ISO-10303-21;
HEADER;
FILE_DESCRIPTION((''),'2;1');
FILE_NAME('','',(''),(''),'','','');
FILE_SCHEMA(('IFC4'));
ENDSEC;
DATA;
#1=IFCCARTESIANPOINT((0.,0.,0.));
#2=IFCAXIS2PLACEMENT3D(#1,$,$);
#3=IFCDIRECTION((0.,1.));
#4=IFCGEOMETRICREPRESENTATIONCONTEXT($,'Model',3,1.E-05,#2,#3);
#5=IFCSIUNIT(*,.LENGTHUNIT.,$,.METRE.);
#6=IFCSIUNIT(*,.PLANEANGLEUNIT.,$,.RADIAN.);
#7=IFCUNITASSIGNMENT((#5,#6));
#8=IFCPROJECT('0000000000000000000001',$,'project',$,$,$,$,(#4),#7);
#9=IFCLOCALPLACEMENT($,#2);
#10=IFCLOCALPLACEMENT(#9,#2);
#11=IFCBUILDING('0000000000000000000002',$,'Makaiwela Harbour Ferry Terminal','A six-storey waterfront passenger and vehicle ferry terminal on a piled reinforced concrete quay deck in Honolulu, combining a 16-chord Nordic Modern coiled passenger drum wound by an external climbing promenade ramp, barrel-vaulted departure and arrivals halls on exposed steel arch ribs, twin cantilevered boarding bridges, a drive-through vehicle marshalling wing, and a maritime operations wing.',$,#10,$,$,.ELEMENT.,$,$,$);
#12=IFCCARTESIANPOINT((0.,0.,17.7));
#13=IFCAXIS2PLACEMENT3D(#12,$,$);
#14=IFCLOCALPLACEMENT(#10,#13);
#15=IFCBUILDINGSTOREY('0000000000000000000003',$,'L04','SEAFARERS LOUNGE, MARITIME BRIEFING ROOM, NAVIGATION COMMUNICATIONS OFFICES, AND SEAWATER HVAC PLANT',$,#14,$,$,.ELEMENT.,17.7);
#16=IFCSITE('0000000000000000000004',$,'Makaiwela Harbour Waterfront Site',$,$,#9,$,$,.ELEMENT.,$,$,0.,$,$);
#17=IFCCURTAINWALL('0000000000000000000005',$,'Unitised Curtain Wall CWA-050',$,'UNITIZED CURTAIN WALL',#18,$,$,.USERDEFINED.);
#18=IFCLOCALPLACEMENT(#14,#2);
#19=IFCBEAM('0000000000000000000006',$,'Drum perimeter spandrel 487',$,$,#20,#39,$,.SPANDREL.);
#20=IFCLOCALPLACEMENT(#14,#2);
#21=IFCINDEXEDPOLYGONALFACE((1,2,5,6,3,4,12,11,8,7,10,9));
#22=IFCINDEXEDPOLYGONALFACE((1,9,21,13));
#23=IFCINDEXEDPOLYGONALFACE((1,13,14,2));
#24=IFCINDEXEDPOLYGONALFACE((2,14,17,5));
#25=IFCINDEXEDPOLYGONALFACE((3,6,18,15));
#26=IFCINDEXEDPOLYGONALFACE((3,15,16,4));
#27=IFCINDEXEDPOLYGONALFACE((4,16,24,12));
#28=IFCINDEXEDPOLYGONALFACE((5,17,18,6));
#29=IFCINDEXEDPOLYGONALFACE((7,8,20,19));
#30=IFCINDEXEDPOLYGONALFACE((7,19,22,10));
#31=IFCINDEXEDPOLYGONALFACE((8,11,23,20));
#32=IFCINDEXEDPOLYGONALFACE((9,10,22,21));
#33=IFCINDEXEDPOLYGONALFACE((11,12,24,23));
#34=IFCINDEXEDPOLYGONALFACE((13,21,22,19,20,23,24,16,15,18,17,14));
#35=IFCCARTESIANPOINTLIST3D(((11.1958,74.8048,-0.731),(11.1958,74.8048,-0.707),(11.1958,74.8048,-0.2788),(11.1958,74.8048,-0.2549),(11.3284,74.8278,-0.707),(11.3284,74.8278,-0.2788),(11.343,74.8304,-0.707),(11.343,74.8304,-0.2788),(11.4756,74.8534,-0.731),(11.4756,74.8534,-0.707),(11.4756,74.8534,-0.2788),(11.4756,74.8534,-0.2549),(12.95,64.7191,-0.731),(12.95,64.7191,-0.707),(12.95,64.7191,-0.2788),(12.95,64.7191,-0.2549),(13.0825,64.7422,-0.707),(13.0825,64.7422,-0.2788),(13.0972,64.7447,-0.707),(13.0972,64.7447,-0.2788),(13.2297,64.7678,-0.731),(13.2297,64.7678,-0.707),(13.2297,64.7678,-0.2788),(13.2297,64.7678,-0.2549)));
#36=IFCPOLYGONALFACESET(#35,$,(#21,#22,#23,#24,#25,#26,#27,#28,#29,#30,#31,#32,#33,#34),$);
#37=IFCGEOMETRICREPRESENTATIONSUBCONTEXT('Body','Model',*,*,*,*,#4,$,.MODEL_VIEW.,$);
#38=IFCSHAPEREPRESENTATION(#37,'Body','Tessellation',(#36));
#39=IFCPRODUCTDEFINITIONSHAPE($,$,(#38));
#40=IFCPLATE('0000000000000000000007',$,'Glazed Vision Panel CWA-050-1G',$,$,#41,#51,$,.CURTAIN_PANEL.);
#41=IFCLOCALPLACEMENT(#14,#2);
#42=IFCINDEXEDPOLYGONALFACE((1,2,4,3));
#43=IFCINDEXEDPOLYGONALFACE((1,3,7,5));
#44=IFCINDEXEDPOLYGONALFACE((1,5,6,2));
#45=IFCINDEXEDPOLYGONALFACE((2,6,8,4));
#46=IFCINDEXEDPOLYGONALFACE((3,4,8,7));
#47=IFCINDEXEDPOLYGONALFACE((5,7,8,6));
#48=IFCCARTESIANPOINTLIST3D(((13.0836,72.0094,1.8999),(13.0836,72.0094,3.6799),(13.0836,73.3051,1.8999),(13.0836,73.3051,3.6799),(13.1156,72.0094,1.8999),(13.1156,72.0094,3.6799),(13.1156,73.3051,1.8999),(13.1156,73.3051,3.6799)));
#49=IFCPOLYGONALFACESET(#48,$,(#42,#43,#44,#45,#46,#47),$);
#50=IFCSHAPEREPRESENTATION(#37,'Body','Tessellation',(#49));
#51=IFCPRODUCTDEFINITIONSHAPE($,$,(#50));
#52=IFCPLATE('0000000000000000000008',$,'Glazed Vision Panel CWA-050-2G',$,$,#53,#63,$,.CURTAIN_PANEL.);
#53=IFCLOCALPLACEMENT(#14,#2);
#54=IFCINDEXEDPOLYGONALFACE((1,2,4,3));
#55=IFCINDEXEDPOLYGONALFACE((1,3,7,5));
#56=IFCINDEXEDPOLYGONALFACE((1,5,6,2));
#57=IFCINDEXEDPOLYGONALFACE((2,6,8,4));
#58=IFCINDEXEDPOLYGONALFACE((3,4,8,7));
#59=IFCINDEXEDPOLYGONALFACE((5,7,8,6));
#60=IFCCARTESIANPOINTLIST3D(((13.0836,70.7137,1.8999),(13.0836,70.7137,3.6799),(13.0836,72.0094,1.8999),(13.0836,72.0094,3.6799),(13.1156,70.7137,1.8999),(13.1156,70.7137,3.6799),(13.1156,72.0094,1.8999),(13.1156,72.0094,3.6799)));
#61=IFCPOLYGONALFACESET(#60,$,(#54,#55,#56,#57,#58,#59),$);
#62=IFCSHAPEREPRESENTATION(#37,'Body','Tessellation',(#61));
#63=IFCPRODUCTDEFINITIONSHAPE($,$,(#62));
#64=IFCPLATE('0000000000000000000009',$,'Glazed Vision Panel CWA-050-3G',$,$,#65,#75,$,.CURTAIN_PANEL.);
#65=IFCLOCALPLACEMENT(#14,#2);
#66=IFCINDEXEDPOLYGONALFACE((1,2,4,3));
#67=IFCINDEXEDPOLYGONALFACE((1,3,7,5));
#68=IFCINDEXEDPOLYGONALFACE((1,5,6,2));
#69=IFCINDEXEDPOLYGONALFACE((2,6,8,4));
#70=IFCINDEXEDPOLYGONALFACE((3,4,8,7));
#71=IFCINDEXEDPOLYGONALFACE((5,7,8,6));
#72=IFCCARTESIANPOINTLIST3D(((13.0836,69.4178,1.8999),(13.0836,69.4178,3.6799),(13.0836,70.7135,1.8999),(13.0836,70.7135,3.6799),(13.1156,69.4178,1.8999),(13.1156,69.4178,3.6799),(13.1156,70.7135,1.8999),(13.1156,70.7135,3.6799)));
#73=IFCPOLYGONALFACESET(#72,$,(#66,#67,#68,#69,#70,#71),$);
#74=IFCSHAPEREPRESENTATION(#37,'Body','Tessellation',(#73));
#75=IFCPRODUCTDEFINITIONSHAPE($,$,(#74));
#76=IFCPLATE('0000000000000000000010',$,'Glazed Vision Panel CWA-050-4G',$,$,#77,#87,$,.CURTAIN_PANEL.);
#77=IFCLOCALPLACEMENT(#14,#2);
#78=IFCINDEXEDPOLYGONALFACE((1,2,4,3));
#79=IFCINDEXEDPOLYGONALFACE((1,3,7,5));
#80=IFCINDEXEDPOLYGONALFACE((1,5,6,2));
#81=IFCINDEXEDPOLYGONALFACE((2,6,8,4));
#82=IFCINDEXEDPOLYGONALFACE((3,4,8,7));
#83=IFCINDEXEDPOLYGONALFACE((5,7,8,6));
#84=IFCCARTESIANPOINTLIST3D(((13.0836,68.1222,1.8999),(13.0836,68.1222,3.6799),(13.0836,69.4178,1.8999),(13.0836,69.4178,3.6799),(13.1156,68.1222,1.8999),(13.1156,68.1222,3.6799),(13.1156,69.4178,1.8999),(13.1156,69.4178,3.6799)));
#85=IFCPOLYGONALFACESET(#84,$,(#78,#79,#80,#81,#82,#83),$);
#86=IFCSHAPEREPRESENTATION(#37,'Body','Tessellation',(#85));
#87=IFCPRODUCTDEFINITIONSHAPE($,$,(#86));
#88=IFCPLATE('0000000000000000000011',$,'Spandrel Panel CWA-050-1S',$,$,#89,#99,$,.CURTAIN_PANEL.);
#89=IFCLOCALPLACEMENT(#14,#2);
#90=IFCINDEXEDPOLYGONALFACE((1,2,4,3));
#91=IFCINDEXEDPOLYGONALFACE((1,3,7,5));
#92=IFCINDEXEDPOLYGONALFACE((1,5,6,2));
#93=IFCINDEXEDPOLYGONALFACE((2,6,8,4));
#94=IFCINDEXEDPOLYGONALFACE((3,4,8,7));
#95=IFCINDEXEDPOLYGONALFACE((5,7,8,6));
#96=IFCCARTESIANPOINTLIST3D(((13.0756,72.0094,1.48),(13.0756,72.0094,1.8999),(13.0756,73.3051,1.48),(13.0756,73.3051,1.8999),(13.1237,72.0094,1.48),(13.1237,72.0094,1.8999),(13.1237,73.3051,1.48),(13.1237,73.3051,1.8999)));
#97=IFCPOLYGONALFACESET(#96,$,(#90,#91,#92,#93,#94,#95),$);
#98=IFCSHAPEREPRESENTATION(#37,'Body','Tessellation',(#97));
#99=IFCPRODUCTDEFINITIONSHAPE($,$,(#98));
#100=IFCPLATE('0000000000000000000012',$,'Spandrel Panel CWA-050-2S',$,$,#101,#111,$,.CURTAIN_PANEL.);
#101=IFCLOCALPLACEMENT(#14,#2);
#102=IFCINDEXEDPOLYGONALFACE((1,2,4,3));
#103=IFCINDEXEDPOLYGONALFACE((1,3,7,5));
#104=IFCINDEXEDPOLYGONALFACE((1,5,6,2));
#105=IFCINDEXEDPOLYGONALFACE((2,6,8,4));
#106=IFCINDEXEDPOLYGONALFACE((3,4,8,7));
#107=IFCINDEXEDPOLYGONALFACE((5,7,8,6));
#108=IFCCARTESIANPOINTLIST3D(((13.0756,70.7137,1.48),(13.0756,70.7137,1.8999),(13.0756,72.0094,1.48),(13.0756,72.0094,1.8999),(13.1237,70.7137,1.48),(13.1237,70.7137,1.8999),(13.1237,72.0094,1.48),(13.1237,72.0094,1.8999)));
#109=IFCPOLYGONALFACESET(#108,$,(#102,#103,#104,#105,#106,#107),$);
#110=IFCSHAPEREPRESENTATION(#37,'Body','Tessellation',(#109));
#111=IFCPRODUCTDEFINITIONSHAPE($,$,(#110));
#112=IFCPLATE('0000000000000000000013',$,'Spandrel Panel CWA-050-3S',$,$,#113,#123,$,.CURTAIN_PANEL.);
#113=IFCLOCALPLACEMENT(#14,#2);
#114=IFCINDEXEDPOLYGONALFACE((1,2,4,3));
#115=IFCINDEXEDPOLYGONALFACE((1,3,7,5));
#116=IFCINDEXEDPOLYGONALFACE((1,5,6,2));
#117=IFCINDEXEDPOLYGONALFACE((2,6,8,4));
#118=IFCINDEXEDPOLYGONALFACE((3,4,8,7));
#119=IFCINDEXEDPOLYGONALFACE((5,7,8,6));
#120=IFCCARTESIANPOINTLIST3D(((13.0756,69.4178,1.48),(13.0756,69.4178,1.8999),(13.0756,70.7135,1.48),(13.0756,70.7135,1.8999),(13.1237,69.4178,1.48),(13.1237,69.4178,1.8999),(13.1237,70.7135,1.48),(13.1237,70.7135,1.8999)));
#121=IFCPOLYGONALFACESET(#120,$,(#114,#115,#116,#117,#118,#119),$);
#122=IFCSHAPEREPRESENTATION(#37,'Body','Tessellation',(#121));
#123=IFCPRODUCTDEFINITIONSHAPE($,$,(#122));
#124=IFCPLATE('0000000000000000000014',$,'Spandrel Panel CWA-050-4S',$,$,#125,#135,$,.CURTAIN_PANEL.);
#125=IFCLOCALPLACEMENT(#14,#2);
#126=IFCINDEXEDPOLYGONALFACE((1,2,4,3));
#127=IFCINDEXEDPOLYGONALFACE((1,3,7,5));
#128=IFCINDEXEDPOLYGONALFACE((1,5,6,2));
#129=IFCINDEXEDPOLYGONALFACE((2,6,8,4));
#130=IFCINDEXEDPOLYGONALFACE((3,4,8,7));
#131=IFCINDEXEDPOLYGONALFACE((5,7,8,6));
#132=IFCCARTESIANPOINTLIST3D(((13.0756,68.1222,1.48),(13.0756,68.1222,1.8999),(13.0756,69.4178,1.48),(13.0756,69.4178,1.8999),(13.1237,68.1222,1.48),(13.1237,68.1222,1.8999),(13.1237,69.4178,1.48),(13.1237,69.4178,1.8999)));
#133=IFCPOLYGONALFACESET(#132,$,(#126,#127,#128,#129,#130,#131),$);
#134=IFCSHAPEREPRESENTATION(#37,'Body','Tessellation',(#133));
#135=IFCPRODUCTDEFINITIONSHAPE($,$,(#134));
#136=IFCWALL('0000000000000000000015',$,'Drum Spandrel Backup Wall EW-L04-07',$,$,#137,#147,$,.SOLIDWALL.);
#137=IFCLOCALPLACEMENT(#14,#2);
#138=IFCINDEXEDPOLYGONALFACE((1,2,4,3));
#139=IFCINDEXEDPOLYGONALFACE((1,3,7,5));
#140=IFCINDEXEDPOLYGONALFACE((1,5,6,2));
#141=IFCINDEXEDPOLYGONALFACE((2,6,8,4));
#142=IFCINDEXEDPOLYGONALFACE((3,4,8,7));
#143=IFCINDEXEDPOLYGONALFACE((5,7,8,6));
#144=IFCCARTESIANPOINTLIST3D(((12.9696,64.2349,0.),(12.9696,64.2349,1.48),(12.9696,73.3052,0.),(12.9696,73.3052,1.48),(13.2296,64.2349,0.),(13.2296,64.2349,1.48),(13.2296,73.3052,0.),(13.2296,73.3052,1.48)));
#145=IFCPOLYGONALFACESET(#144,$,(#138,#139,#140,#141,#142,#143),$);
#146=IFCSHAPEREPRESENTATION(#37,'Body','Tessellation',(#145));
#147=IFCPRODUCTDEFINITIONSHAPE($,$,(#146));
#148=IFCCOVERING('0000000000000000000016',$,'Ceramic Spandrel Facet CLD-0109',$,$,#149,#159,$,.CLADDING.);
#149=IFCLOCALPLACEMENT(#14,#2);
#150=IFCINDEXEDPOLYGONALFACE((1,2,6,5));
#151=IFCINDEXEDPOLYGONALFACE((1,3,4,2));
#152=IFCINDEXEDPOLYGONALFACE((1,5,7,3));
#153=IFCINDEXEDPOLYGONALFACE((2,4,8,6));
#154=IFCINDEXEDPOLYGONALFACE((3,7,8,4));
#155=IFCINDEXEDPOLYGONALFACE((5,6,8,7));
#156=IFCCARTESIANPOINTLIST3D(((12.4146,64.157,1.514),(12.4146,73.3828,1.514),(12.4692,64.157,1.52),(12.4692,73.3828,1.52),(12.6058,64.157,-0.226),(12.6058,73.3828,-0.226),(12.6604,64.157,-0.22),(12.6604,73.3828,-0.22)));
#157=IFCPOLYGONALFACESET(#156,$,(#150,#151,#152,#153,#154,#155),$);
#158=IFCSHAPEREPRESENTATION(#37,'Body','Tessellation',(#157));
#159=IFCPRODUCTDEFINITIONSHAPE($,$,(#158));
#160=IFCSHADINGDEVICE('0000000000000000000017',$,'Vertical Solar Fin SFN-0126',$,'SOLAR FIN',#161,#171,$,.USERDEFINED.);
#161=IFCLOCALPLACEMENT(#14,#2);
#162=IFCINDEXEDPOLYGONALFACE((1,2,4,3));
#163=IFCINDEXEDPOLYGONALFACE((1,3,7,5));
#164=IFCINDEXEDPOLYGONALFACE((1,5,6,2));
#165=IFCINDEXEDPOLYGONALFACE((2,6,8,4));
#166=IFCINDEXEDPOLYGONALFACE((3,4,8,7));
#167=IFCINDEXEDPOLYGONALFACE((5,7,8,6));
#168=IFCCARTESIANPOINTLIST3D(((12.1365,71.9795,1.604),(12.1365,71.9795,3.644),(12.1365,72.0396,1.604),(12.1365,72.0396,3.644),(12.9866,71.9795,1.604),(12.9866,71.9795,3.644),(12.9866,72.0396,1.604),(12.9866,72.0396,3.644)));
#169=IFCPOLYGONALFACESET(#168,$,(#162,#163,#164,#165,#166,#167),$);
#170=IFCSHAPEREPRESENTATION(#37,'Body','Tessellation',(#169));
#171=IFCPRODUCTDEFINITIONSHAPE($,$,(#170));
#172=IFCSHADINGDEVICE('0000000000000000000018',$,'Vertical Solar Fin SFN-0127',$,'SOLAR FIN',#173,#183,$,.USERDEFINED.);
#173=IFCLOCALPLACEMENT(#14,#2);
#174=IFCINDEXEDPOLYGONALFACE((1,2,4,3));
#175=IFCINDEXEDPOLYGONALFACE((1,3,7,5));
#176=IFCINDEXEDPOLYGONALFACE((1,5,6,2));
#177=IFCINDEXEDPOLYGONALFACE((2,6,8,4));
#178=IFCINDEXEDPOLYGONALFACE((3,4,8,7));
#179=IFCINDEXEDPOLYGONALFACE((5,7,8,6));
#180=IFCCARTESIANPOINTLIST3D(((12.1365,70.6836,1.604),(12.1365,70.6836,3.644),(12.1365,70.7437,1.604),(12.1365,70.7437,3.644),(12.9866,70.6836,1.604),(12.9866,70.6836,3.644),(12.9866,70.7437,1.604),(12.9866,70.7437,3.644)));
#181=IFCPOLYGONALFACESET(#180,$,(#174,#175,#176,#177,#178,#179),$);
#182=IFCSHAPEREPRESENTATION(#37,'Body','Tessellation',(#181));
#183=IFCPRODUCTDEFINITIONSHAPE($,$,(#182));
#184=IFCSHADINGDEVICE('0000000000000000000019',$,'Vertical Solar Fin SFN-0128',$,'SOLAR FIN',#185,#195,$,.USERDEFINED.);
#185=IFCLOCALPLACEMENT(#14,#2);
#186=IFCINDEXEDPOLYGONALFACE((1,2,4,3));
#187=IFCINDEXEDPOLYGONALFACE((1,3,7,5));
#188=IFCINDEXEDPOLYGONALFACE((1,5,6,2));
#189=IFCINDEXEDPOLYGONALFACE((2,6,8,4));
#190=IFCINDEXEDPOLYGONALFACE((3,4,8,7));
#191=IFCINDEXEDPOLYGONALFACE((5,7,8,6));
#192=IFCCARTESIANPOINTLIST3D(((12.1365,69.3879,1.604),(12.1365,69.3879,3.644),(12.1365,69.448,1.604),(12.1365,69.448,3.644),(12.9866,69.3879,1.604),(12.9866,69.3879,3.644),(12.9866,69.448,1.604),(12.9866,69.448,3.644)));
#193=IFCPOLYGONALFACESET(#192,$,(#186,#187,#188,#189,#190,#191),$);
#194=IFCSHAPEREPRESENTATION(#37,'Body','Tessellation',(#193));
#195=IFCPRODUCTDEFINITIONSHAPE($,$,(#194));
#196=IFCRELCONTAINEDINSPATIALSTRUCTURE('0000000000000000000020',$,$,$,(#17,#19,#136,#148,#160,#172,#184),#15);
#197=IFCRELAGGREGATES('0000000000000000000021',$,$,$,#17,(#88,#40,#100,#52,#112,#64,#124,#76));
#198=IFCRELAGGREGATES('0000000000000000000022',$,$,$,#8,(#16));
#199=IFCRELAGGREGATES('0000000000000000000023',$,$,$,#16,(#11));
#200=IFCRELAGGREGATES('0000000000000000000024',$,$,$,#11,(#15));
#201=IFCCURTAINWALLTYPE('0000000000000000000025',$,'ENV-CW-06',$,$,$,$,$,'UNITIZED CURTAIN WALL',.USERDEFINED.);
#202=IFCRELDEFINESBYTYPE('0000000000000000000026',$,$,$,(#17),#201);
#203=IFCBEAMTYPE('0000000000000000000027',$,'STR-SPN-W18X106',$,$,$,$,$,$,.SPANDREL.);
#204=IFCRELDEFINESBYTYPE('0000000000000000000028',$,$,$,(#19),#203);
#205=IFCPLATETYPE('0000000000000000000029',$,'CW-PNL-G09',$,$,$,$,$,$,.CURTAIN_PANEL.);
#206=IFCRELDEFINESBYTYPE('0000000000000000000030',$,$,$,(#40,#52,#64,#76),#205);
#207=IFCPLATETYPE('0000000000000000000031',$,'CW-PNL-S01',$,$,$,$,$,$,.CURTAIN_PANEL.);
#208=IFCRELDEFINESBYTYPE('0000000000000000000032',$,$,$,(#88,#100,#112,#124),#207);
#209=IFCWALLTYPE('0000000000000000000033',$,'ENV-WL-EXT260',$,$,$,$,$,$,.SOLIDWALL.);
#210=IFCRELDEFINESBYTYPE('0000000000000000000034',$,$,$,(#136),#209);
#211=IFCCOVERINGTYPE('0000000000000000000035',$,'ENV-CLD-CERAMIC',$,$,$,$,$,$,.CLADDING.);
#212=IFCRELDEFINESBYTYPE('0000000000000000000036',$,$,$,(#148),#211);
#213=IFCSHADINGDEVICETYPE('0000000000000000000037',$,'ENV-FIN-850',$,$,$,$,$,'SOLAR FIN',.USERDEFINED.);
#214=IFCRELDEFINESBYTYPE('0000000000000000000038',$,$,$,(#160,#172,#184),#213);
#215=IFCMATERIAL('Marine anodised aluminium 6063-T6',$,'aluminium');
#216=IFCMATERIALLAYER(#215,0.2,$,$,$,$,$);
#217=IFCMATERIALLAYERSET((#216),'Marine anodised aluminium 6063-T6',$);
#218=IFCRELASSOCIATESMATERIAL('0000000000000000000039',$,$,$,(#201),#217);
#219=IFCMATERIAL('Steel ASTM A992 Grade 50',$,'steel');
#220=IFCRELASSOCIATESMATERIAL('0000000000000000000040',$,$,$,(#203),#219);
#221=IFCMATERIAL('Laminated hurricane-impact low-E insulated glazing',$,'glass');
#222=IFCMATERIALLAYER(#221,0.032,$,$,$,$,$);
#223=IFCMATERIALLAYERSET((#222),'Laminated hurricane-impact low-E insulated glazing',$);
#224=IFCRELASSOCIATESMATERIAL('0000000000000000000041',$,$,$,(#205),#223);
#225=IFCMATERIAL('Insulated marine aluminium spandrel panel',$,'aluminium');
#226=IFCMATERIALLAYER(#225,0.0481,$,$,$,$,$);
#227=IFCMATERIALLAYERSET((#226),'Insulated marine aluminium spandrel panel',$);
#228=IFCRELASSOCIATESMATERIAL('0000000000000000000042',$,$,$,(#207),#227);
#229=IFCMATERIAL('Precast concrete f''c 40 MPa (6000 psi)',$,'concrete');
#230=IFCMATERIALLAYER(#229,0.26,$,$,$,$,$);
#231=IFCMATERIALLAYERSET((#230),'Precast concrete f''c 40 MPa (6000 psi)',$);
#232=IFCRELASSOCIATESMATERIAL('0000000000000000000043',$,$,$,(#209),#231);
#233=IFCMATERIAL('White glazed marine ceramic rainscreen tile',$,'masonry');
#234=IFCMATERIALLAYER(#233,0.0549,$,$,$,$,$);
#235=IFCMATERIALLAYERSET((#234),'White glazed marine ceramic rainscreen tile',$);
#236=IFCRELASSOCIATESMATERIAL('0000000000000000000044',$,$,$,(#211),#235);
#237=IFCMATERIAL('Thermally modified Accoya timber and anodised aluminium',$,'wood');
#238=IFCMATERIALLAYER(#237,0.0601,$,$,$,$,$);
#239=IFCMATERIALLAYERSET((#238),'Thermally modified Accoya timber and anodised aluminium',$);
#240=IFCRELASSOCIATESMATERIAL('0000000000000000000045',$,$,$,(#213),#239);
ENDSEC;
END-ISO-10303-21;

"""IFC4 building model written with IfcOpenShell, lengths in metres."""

from ifc_helpers import new_model, si_unit, direction, frame, frame_2d, origin, origin_2d, place, context, subcontext, project, spatial, polyline, rectangle, i_section, outline, extrude, material, layer, layer_set, material_profile, profile_set, type_object, element, aggregate, save


model = new_model("IFC4")

# Units and contexts
model_context = context("Model", 3, precision=1e-05, world=origin(), true_north=direction((0.0, 1.0)))
body_context = subcontext(model_context, "Body", "Model", "MODEL_VIEW")
ifc_project = project(units=[si_unit("LENGTHUNIT", "METRE"), si_unit("PLANEANGLEUNIT", "RADIAN")], contexts=[model_context])

# Site, building, storey
site_placement = place(None, origin())
site = spatial("IfcSite", under=ifc_project, at=site_placement, Name="Makaiwela Harbour Waterfront Site", CompositionType="ELEMENT", RefElevation=0.0)
building_placement = place(site_placement, origin())
building = spatial("IfcBuilding", under=site, at=building_placement, Name="Makaiwela Harbour Ferry Terminal", Description="A six-storey waterfront passenger and vehicle ferry terminal on a piled reinforced concrete quay deck in Honolulu, combining a 16-chord Nordic Modern coiled passenger drum wound by an external climbing promenade ramp, barrel-vaulted departure and arrivals halls on exposed steel arch ribs, twin cantilevered boarding bridges, a drive-through vehicle marshalling wing, and a maritime operations wing.", CompositionType="ELEMENT")
storey_placement = place(building_placement, frame((0.0, 0.0, 17.7)))
storey = spatial("IfcBuildingStorey", under=building, at=storey_placement, Name="L04", Description="SEAFARERS LOUNGE, MARITIME BRIEFING ROOM, NAVIGATION COMMUNICATIONS OFFICES, AND SEAWATER HVAC PLANT", CompositionType="ELEMENT", Elevation=17.7)

# Curtain wall
ifc_material_1 = material(Name="Marine anodised aluminium 6063-T6", Category="aluminium")
ifc_layer_1 = layer(ifc_material_1, 0.2)
ifc_layer_set_1 = layer_set([ifc_layer_1], Name="Marine anodised aluminium 6063-T6")
curtain_wall_type = type_object("IfcCurtainWallType", Name="ENV-CW-06", ElementType="UNITIZED CURTAIN WALL", PredefinedType="USERDEFINED", material=ifc_layer_set_1)
curtain_wall_placement = place(storey_placement, origin())
curtain_wall = element("IfcCurtainWall", 1, at=curtain_wall_placement, inside=storey, type_object=curtain_wall_type, Name="Unitised Curtain Wall CWA-050", ObjectType="UNITIZED CURTAIN WALL", PredefinedType="USERDEFINED")

# Beam
ifc_material_2 = material(Name="Steel ASTM A992 Grade 50", Category="steel")
ifc_material_profile_1 = material_profile(ifc_material_2, i_section(OverallWidth=0.2839, OverallDepth=0.4761, WebThickness=0.0149, FlangeThickness=0.0239, at=origin_2d()), Name="W18X106")
ifc_profile_set_1 = profile_set([ifc_material_profile_1], Name="Steel ASTM A992 Grade 50")
beam_type_1 = type_object("IfcBeamType", Name="STR-SPN-W18X106", PredefinedType="SPANDREL", material=ifc_profile_set_1)
beam_1_placement = place(storey_placement, frame((11.3357, 74.8291, -0.4929), z_axis=(0.171352, -0.98521, 0.0), x_axis=(0.98521, 0.171352, 0.0)))
element("IfcBeam", 2, at=beam_1_placement, inside=storey, type_object=beam_type_1, Name="Drum perimeter spandrel 487", PredefinedType="SPANDREL", context=body_context, shape_type="SweptSolid", body=[
    extrude(i_section(OverallWidth=0.2839, OverallDepth=0.4761, WebThickness=0.0149, FlangeThickness=0.0239, at=origin_2d()), origin(), (0.0, 0.0, 1.0), 10.2371),
])

# Plates
ifc_material_3 = material(Name="Laminated hurricane-impact low-E insulated glazing", Category="glass")
ifc_layer_2 = layer(ifc_material_3, 0.032)
ifc_layer_set_2 = layer_set([ifc_layer_2], Name="Laminated hurricane-impact low-E insulated glazing")
plate_type_1 = type_object("IfcPlateType", Name="CW-PNL-G09", PredefinedType="CURTAIN_PANEL", material=ifc_layer_set_2)
plate_1_placement = place(storey_placement, frame((13.0996, 72.6572, 1.8999), z_axis=(0.0, 0.0, 1.0), x_axis=(0.0, -1.0, 0.0)))
plate_1 = element("IfcPlate", 3, at=plate_1_placement, type_object=plate_type_1, Name="Glazed Vision Panel CWA-050-1G", PredefinedType="CURTAIN_PANEL", context=body_context, shape_type="SweptSolid", body=[
    extrude(rectangle(XDim=1.2957, YDim=0.032, at=origin_2d()), origin(), (0.0, 0.0, 1.0), 1.78),
])
plate_2_placement = place(storey_placement, frame((13.0996, 71.3616, 1.8999), z_axis=(0.0, 0.0, 1.0), x_axis=(0.0, -1.0, 0.0)))
plate_2 = element("IfcPlate", 4, at=plate_2_placement, type_object=plate_type_1, Name="Glazed Vision Panel CWA-050-2G", PredefinedType="CURTAIN_PANEL", context=body_context, shape_type="SweptSolid", body=[
    extrude(rectangle(XDim=1.2957, YDim=0.032, at=origin_2d()), origin(), (0.0, 0.0, 1.0), 1.78),
])
plate_3_placement = place(storey_placement, frame((13.0996, 70.0657, 1.8999), z_axis=(0.0, 0.0, 1.0), x_axis=(0.0, -1.0, 0.0)))
plate_3 = element("IfcPlate", 5, at=plate_3_placement, type_object=plate_type_1, Name="Glazed Vision Panel CWA-050-3G", PredefinedType="CURTAIN_PANEL", context=body_context, shape_type="SweptSolid", body=[
    extrude(rectangle(XDim=1.2957, YDim=0.032, at=origin_2d()), origin(), (0.0, 0.0, 1.0), 1.78),
])
plate_4_placement = place(storey_placement, frame((13.0996, 68.77, 1.8999), z_axis=(0.0, 0.0, 1.0), x_axis=(0.0, -1.0, 0.0)))
plate_4 = element("IfcPlate", 6, at=plate_4_placement, type_object=plate_type_1, Name="Glazed Vision Panel CWA-050-4G", PredefinedType="CURTAIN_PANEL", context=body_context, shape_type="SweptSolid", body=[
    extrude(rectangle(XDim=1.2957, YDim=0.032, at=origin_2d()), origin(), (0.0, 0.0, 1.0), 1.78),
])
ifc_material_4 = material(Name="Insulated marine aluminium spandrel panel", Category="aluminium")
ifc_layer_3 = layer(ifc_material_4, 0.0481)
ifc_layer_set_3 = layer_set([ifc_layer_3], Name="Insulated marine aluminium spandrel panel")
plate_type_2 = type_object("IfcPlateType", Name="CW-PNL-S01", PredefinedType="CURTAIN_PANEL", material=ifc_layer_set_3)
plate_5_placement = place(storey_placement, frame((13.0996, 72.6572, 1.48), z_axis=(0.0, 0.0, 1.0), x_axis=(0.0, -1.0, 0.0)))
plate_5 = element("IfcPlate", 7, at=plate_5_placement, type_object=plate_type_2, Name="Spandrel Panel CWA-050-1S", PredefinedType="CURTAIN_PANEL", context=body_context, shape_type="SweptSolid", body=[
    extrude(rectangle(XDim=1.2957, YDim=0.0481, at=origin_2d()), origin(), (0.0, 0.0, 1.0), 0.4199),
])
plate_6_placement = place(storey_placement, frame((13.0996, 71.3616, 1.48), z_axis=(0.0, 0.0, 1.0), x_axis=(0.0, -1.0, 0.0)))
plate_6 = element("IfcPlate", 8, at=plate_6_placement, type_object=plate_type_2, Name="Spandrel Panel CWA-050-2S", PredefinedType="CURTAIN_PANEL", context=body_context, shape_type="SweptSolid", body=[
    extrude(rectangle(XDim=1.2957, YDim=0.0481, at=origin_2d()), origin(), (0.0, 0.0, 1.0), 0.4199),
])
plate_7_placement = place(storey_placement, frame((13.0996, 70.0657, 1.48), z_axis=(0.0, 0.0, 1.0), x_axis=(0.0, -1.0, 0.0)))
plate_7 = element("IfcPlate", 9, at=plate_7_placement, type_object=plate_type_2, Name="Spandrel Panel CWA-050-3S", PredefinedType="CURTAIN_PANEL", context=body_context, shape_type="SweptSolid", body=[
    extrude(rectangle(XDim=1.2957, YDim=0.0481, at=origin_2d()), origin(), (0.0, 0.0, 1.0), 0.4199),
])
plate_8_placement = place(storey_placement, frame((13.0996, 68.77, 1.48), z_axis=(0.0, 0.0, 1.0), x_axis=(0.0, -1.0, 0.0)))
plate_8 = element("IfcPlate", 10, at=plate_8_placement, type_object=plate_type_2, Name="Spandrel Panel CWA-050-4S", PredefinedType="CURTAIN_PANEL", context=body_context, shape_type="SweptSolid", body=[
    extrude(rectangle(XDim=1.2957, YDim=0.0481, at=origin_2d()), origin(), (0.0, 0.0, 1.0), 0.4199),
])
aggregate(curtain_wall, [plate_5, plate_1, plate_6, plate_2, plate_7, plate_3, plate_8, plate_4])

# Wall
ifc_material_5 = material(Name="Precast concrete f'c 40 MPa (6000 psi)", Category="concrete")
ifc_layer_4 = layer(ifc_material_5, 0.26)
ifc_layer_set_4 = layer_set([ifc_layer_4], Name="Precast concrete f'c 40 MPa (6000 psi)")
wall_type = type_object("IfcWallType", Name="ENV-WL-EXT260", PredefinedType="SOLIDWALL", material=ifc_layer_set_4)
wall_placement = place(storey_placement, frame((13.0996, 73.3052, 0.0), z_axis=(0.0, 0.0, 1.0), x_axis=(0.0, -1.0, 0.0)))
element("IfcWall", 11, at=wall_placement, inside=storey, type_object=wall_type, Name="Drum Spandrel Backup Wall EW-L04-07", PredefinedType="SOLIDWALL", context=body_context, shape_type="SweptSolid", body=[
    extrude(rectangle(XDim=9.0703, YDim=0.26, at=frame_2d((4.5352, 0.0))), origin(), (0.0, 0.0, 1.0), 1.48),
])

# Covering
ifc_material_6 = material(Name="White glazed marine ceramic rainscreen tile", Category="masonry")
ifc_layer_5 = layer(ifc_material_6, 0.0549)
ifc_layer_set_5 = layer_set([ifc_layer_5], Name="White glazed marine ceramic rainscreen tile")
covering_type = type_object("IfcCoveringType", Name="ENV-CLD-CERAMIC", PredefinedType="CLADDING", material=ifc_layer_set_5)
covering_placement = place(storey_placement, frame((12.6604, 73.3828, -0.22), z_axis=(0.994019, 0.0, 0.109207), x_axis=(0.0, -1.0, 0.0)))
element("IfcCovering", 12, at=covering_placement, inside=storey, type_object=covering_type, Name="Ceramic Spandrel Facet CLD-0109", PredefinedType="CLADDING", context=body_context, shape_type="SweptSolid", body=[
    extrude(outline(polyline([(0.0, 0.0), (9.2258, 0.0), (9.2258, -1.7505), (0.0, -1.7505), (0.0, 0.0)])), origin(), (0.0, 0.0, -1.0), 0.0549),
])

# Shading devices
ifc_material_7 = material(Name="Thermally modified Accoya timber and anodised aluminium", Category="wood")
ifc_layer_6 = layer(ifc_material_7, 0.0601)
ifc_layer_set_6 = layer_set([ifc_layer_6], Name="Thermally modified Accoya timber and anodised aluminium")
shading_device_type = type_object("IfcShadingDeviceType", Name="ENV-FIN-850", ElementType="SOLAR FIN", PredefinedType="USERDEFINED", material=ifc_layer_set_6)
for number, where, z_axis, x_axis, name in (
    (13, (12.5615, 72.0095, 1.604), (0.0, 0.0, 1.0), (-1.0, 0.0, 0.0), "Vertical Solar Fin SFN-0126"),
    (14, (12.5615, 70.7136, 1.604), (0.0, 0.0, 1.0), (-1.0, 0.0, 0.0), "Vertical Solar Fin SFN-0127"),
    (15, (12.5615, 69.418, 1.604), (0.0, 0.0, 1.0), (-1.0, 0.0, 0.0), "Vertical Solar Fin SFN-0128"),
):
    element("IfcShadingDevice", number, at=place(storey_placement, frame(where, z_axis=z_axis, x_axis=x_axis)), inside=storey, type_object=shading_device_type, Name=name, ObjectType="SOLAR FIN", PredefinedType="USERDEFINED", context=body_context, shape_type="SweptSolid", body=[
        extrude(rectangle(XDim=0.8501, YDim=0.0601, at=origin_2d()), origin(), (0.0, 0.0, 1.0), 2.04),
    ])

save(model, "model.ifc")
